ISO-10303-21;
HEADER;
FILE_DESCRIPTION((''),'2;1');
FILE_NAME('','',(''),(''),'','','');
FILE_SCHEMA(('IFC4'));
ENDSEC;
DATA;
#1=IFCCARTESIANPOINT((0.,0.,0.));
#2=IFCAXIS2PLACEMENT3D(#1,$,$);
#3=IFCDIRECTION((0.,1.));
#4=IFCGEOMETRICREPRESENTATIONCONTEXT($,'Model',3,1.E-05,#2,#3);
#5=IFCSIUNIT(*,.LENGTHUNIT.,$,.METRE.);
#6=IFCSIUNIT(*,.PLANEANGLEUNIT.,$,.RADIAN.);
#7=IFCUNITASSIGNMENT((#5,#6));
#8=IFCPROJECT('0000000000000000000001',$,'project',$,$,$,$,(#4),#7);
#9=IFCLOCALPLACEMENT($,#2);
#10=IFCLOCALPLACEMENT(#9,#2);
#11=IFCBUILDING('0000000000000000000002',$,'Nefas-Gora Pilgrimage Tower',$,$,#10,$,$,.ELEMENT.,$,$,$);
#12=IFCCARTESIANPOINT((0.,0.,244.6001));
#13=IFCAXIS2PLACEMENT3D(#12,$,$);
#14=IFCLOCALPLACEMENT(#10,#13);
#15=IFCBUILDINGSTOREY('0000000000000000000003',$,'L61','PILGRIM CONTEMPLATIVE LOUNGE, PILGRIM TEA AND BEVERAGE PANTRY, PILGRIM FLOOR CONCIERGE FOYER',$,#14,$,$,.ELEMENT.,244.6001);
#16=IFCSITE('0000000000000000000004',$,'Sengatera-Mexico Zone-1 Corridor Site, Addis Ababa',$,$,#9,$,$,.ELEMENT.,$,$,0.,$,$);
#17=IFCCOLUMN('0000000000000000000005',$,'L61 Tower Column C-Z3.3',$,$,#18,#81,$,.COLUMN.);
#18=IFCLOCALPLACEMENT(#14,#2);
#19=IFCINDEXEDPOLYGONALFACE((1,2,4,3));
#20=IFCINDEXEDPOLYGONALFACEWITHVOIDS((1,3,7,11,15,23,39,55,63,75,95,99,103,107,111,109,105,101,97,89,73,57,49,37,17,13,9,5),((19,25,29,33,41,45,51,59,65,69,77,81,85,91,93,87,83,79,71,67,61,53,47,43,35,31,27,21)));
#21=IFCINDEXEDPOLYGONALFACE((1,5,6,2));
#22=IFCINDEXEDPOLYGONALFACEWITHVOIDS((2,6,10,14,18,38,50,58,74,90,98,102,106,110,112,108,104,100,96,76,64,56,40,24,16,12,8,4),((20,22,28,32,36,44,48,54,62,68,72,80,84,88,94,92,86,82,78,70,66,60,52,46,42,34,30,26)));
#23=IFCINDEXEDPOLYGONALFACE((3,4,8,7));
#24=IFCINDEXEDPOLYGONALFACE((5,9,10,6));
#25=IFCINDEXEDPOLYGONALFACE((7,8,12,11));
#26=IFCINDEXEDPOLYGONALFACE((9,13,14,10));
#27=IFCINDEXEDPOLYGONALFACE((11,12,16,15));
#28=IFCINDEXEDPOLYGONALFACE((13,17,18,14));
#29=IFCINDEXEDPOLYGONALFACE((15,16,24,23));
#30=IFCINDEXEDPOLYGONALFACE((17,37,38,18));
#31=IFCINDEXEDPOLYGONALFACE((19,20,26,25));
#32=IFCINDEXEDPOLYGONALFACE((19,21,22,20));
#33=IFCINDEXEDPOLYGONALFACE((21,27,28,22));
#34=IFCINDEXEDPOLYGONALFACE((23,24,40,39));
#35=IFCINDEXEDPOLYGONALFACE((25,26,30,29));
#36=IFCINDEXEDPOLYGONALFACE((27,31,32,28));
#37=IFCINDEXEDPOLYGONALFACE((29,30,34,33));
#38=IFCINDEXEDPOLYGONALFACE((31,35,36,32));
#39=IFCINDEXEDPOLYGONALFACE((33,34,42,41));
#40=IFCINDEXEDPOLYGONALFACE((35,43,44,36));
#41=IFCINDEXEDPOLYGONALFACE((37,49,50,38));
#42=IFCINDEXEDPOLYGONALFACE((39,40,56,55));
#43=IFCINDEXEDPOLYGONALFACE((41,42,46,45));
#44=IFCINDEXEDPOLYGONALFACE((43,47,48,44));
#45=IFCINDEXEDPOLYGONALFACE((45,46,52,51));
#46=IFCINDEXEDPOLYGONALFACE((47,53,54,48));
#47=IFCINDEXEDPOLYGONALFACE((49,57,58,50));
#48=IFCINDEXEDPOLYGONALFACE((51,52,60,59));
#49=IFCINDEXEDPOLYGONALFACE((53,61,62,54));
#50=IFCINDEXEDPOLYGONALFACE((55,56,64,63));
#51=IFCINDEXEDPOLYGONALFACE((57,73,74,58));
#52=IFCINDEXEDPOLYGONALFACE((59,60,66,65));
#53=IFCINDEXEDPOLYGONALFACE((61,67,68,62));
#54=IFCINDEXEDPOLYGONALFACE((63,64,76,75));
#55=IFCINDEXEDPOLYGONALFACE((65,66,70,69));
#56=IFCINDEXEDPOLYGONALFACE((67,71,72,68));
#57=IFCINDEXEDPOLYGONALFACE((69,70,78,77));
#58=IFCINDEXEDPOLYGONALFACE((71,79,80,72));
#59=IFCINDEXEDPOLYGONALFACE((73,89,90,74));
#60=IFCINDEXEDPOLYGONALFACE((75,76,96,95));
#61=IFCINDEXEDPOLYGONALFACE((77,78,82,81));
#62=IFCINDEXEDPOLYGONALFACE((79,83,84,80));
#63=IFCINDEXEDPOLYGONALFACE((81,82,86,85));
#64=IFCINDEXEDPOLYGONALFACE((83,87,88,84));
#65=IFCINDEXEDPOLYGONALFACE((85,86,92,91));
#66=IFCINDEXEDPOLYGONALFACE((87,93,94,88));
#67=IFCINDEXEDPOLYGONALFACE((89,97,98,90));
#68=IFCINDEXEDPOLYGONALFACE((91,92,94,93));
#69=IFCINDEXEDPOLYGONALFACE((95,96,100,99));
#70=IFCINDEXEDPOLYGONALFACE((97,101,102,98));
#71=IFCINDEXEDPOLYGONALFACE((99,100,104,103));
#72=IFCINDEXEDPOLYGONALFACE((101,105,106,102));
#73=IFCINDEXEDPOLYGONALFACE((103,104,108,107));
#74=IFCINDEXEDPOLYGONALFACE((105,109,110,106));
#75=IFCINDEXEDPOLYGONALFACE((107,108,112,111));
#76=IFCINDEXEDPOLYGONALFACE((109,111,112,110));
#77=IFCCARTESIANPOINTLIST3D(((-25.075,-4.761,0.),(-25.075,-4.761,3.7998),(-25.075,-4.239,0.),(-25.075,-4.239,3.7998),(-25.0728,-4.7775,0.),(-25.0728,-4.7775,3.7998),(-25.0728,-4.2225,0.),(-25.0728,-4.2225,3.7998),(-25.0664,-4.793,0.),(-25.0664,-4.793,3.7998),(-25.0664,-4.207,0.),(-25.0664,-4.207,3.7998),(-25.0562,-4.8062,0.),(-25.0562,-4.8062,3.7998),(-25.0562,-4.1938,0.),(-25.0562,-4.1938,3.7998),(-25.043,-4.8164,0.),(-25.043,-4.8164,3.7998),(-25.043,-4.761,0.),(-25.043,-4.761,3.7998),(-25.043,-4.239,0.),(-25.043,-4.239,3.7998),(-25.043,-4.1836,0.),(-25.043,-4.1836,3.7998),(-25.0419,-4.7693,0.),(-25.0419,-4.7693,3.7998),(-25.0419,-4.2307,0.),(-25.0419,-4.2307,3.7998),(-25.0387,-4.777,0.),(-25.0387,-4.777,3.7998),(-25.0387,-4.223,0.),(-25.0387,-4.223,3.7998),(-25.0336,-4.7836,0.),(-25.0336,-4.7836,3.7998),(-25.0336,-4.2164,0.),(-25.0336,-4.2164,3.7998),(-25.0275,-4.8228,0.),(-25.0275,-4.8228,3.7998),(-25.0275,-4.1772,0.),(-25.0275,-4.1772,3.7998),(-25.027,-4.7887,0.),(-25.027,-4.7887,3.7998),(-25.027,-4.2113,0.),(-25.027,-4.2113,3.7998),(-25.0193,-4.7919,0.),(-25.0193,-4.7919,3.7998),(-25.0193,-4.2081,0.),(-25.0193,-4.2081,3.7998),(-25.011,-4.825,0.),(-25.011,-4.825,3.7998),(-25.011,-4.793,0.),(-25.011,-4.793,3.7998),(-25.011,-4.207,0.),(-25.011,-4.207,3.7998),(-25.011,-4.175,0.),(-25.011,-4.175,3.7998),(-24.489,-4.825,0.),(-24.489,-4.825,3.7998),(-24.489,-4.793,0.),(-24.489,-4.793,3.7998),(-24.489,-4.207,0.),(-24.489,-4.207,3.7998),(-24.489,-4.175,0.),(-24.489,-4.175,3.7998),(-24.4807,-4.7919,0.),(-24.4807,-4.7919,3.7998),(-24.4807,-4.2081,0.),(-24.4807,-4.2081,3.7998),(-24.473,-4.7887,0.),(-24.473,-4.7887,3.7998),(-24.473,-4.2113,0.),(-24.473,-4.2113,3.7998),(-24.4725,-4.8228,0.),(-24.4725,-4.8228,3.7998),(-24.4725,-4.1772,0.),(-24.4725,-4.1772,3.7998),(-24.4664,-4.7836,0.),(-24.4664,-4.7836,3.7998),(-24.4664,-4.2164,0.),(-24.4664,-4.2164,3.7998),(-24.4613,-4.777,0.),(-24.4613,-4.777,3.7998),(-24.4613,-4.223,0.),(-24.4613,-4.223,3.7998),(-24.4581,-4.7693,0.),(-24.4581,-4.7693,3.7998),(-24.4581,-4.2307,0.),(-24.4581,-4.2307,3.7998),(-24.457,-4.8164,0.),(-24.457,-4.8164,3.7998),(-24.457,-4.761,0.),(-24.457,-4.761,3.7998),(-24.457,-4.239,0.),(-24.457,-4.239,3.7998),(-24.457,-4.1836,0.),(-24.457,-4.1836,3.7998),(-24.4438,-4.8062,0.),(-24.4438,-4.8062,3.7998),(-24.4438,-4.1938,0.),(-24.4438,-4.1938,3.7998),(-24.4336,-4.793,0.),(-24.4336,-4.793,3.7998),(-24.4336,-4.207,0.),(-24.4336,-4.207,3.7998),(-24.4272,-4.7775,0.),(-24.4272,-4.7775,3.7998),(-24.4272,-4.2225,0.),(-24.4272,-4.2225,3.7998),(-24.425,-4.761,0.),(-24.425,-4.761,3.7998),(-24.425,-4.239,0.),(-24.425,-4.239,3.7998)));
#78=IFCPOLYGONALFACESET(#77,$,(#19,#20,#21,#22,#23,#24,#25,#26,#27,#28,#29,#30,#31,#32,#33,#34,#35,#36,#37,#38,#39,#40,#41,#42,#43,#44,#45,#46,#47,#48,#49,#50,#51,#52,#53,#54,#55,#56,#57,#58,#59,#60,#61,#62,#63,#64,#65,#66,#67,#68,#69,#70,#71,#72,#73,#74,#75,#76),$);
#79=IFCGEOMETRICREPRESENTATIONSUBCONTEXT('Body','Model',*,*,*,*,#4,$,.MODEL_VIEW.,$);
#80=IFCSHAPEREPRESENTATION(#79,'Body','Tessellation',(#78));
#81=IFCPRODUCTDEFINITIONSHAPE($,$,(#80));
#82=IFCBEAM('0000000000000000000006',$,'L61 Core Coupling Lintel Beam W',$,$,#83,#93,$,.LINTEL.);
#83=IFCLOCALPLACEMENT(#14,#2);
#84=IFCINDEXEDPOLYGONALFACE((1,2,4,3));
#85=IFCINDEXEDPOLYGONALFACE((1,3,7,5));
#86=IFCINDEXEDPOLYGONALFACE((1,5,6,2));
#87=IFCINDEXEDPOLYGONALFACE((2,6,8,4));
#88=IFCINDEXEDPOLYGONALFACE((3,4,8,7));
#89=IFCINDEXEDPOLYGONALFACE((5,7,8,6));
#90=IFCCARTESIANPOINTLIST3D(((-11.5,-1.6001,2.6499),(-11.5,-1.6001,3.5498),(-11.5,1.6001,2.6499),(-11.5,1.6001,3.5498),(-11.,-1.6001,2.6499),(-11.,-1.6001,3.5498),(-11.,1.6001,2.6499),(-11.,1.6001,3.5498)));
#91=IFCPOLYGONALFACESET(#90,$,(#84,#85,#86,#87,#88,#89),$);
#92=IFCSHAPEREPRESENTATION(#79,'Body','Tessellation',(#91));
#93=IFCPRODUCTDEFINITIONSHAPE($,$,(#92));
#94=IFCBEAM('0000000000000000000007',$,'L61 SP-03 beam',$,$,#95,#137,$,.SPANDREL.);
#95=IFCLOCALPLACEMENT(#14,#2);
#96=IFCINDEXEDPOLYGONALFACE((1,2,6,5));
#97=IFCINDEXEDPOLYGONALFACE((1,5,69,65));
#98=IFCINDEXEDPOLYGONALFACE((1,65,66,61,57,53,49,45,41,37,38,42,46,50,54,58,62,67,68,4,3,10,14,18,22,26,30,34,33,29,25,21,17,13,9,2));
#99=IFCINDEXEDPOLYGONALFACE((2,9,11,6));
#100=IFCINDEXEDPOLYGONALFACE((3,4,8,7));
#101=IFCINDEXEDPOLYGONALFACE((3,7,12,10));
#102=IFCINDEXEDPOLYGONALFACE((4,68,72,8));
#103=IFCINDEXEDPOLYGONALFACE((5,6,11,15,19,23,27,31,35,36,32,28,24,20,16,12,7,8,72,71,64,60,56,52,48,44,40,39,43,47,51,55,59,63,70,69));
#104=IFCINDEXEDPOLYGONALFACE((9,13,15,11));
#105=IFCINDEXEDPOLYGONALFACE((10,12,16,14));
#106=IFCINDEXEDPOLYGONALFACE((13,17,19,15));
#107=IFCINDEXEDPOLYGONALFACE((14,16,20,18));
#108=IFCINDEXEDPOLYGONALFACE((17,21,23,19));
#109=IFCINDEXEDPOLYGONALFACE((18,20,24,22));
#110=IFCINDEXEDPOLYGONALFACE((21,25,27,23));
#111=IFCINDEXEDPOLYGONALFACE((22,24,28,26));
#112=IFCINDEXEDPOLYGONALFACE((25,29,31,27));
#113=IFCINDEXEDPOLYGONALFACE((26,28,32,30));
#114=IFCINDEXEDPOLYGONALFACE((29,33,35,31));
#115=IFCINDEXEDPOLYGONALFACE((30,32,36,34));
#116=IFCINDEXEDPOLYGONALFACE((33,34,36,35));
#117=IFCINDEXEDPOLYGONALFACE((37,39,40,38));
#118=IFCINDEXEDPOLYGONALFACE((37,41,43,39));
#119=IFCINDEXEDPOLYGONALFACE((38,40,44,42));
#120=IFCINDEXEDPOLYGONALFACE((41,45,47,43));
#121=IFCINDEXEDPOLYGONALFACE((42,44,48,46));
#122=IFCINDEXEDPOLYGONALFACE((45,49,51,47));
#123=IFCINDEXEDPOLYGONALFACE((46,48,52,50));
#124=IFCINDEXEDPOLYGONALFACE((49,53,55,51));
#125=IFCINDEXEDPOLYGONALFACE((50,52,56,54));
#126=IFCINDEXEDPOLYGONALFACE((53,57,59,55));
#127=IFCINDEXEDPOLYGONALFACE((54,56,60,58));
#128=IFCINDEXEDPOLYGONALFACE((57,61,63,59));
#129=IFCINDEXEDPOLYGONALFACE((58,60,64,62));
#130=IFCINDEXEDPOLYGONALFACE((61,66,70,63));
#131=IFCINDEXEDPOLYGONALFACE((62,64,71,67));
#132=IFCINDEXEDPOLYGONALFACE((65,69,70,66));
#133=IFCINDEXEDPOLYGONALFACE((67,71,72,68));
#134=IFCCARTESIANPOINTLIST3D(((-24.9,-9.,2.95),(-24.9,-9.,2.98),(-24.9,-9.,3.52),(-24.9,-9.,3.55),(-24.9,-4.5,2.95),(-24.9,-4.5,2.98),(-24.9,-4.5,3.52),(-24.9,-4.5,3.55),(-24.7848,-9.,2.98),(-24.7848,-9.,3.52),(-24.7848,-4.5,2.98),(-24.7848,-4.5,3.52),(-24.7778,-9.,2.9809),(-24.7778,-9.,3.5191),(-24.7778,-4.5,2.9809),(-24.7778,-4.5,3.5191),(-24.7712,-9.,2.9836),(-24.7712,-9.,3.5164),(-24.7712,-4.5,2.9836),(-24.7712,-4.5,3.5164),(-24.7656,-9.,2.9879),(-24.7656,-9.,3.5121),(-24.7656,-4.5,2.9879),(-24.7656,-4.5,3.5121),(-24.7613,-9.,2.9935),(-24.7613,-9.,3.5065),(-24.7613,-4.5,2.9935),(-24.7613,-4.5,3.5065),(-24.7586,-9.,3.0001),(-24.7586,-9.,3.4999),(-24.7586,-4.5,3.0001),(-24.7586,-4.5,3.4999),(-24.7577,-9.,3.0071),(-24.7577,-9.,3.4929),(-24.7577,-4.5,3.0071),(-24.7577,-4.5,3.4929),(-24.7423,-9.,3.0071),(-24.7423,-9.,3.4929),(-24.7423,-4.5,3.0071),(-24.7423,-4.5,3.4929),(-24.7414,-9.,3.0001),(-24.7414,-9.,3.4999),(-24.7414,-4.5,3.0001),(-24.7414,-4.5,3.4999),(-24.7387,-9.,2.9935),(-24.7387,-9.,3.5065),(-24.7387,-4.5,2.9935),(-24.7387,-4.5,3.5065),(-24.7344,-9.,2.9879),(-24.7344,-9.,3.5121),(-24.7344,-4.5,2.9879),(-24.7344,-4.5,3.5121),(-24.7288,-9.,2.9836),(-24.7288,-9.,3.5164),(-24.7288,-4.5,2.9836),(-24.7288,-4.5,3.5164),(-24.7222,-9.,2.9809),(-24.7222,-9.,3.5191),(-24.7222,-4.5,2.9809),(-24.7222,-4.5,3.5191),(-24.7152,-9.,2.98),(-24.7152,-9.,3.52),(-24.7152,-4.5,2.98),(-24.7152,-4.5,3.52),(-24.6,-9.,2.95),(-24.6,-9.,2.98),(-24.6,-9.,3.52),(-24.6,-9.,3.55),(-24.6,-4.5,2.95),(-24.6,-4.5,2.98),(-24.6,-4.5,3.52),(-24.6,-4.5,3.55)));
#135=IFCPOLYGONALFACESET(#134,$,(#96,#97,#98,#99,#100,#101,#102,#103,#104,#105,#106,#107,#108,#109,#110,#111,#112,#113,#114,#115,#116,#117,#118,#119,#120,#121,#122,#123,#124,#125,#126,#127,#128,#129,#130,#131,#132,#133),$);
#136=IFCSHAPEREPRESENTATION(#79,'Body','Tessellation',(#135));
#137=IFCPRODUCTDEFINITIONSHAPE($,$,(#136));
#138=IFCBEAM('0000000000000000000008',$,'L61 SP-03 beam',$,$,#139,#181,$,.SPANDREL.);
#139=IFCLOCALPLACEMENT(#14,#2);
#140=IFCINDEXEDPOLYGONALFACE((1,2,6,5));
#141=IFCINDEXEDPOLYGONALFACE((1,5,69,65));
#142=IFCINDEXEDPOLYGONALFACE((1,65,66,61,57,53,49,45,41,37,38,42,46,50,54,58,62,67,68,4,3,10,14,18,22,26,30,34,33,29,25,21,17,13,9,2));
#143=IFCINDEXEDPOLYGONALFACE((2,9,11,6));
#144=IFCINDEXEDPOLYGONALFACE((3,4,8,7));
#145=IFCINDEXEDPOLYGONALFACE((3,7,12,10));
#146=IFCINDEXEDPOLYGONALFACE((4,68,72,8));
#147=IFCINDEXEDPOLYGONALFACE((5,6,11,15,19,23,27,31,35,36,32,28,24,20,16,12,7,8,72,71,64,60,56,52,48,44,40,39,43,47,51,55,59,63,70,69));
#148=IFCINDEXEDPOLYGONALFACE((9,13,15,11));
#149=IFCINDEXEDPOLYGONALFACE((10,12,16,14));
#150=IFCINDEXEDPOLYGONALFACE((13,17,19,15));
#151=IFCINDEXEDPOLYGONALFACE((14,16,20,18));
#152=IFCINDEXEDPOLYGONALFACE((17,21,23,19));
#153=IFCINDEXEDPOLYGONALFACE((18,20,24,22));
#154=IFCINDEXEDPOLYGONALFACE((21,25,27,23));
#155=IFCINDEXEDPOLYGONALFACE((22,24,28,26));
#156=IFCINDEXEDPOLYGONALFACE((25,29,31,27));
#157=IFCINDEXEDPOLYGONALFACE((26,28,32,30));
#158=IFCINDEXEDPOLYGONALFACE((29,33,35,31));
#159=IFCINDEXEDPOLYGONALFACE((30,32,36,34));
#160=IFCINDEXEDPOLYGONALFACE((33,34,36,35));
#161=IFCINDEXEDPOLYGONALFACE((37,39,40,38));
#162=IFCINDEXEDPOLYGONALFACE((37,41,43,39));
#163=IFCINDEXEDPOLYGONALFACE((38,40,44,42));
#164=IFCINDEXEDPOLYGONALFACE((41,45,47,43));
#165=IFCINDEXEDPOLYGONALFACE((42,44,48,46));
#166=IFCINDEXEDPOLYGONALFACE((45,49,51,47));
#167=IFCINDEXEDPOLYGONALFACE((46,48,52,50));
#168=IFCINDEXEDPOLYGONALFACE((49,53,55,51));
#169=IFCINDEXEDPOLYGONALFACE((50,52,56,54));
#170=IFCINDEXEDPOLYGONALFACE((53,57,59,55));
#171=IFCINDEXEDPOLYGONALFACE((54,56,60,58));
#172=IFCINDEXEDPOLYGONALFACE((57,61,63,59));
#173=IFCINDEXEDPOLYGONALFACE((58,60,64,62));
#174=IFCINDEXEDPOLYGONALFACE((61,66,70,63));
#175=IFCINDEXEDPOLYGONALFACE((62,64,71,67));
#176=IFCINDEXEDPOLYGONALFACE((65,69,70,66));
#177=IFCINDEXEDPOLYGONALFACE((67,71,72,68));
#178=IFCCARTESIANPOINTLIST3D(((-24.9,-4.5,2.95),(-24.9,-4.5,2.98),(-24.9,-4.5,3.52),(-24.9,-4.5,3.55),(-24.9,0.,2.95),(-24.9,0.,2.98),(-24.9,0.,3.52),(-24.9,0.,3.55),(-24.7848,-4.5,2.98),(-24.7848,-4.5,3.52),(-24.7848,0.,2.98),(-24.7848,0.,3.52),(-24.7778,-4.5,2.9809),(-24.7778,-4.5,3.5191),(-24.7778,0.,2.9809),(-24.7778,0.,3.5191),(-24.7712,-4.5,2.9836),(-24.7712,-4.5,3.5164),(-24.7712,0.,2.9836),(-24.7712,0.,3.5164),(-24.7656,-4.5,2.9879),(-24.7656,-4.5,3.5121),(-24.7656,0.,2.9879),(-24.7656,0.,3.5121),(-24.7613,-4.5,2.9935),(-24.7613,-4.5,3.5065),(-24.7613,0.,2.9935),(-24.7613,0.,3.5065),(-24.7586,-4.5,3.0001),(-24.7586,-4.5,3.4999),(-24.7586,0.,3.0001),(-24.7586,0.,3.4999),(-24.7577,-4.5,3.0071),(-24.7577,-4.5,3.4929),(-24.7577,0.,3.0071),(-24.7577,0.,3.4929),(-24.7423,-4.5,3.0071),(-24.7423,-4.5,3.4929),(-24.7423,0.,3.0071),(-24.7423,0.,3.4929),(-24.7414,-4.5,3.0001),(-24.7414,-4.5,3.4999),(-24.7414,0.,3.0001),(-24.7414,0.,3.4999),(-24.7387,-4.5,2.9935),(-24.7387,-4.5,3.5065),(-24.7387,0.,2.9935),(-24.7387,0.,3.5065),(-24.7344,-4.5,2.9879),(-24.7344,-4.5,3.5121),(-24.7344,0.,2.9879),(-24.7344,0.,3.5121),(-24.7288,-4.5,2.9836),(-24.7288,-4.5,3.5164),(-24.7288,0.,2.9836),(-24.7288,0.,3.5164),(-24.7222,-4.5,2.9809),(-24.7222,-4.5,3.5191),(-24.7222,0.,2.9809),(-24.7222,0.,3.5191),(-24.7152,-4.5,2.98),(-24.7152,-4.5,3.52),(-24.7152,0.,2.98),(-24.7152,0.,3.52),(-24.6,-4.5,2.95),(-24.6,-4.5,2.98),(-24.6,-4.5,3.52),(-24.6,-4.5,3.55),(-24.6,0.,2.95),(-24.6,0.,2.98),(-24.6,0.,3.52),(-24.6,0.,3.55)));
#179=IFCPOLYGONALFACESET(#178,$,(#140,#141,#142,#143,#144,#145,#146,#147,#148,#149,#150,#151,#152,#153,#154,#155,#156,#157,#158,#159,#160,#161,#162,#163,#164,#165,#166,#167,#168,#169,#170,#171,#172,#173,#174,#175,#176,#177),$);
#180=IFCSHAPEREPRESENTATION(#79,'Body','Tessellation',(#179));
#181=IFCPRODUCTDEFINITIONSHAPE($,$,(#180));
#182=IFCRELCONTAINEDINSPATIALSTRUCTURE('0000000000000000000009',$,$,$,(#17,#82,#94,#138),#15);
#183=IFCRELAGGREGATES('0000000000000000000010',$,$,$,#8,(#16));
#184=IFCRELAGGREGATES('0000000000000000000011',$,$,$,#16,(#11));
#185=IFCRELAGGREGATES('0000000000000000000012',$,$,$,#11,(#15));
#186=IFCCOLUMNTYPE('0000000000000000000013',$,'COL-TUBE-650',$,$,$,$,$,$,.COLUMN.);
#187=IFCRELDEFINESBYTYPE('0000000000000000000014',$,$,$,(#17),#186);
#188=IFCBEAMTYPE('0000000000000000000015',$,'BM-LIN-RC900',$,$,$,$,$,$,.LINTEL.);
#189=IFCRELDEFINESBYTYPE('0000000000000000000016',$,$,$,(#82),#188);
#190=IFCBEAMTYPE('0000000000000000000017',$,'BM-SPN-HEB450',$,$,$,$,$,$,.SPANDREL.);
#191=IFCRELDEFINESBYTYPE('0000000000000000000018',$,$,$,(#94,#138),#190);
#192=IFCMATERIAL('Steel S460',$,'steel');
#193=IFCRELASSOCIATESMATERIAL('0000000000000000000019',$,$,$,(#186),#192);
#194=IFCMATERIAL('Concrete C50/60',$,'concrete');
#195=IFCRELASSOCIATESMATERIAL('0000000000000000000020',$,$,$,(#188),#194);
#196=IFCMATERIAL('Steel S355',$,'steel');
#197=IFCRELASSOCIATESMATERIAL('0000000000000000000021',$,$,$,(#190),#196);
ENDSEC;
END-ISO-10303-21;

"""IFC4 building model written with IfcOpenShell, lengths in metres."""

from ifc_helpers import new_model, si_unit, direction, frame, origin, origin_2d, place, context, subcontext, project, spatial, rectangle, hollow_rectangle, i_section, extrude, source, transform, mapped, material, material_profile, profile_set, type_object, element, save


model = new_model("IFC4")

# Units and contexts
model_context = context("Model", 3, precision=1e-05, world=origin(), true_north=direction((0.0, 1.0)))
body_context = subcontext(model_context, "Body", "Model", "MODEL_VIEW")
ifc_project = project(units=[si_unit("LENGTHUNIT", "METRE"), si_unit("PLANEANGLEUNIT", "RADIAN")], contexts=[model_context])

# Site, building, storey
site_placement = place(None, origin())
site = spatial("IfcSite", under=ifc_project, at=site_placement, Name="Sengatera-Mexico Zone-1 Corridor Site, Addis Ababa", CompositionType="ELEMENT", RefElevation=0.0)
building_placement = place(site_placement, origin())
building = spatial("IfcBuilding", under=site, at=building_placement, Name="Nefas-Gora Pilgrimage Tower", CompositionType="ELEMENT")
storey_placement = place(building_placement, frame((0.0, 0.0, 244.6001)))
storey = spatial("IfcBuildingStorey", under=building, at=storey_placement, Name="L61", Description="PILGRIM CONTEMPLATIVE LOUNGE, PILGRIM TEA AND BEVERAGE PANTRY, PILGRIM FLOOR CONCIERGE FOYER", CompositionType="ELEMENT", Elevation=244.6001)

# Column
ifc_material_1 = material(Name="Steel S460", Category="steel")
ifc_material_profile_1 = material_profile(ifc_material_1, hollow_rectangle(XDim=0.6499, YDim=0.6499, WallThickness=0.032, InnerFilletRadius=0.032, OuterFilletRadius=0.064, at=origin_2d()), Name="BOX 650x650x32")
ifc_profile_set_1 = profile_set([ifc_material_profile_1], Name="Steel S460")
column_type_1 = type_object("IfcColumnType", Name="COL-TUBE-650", PredefinedType="COLUMN", material=ifc_profile_set_1)
shared_shape_1 = source(origin(), body_context, "Body", "SweptSolid", [
    extrude(hollow_rectangle(XDim=0.6499, YDim=0.6499, WallThickness=0.032, InnerFilletRadius=0.032, OuterFilletRadius=0.064, at=origin_2d()), origin(), (0.0, 0.0, 1.0), 3.7998),
])
for number, where, z_axis, x_axis, name in (
    (1, (-24.75, -4.5, 0.0), (0.0, 0.0, 1.0), (1.0, 0.0, 0.0), "L61 Tower Column C-Z3.3"),
):
    element("IfcColumn", number, at=place(storey_placement, frame(where, z_axis=z_axis, x_axis=x_axis)), inside=storey, type_object=column_type_1, Name=name, PredefinedType="COLUMN", context=body_context, shape_type="MappedRepresentation", body=[
        mapped(shared_shape_1, transform((0.0, 0.0, 0.0), x_axis=(1.0, 0.0, 0.0), y_axis=(0.0, 1.0, 0.0), z_axis=(0.0, 0.0, 1.0), scale=1.0)),
    ])

# Beams
ifc_material_2 = material(Name="Concrete C50/60", Category="concrete")
ifc_material_profile_2 = material_profile(ifc_material_2, rectangle(XDim=0.5, YDim=0.8999, at=origin_2d()), Name="RC 500x900")
ifc_profile_set_2 = profile_set([ifc_material_profile_2], Name="Concrete C50/60")
beam_type_1 = type_object("IfcBeamType", Name="BM-LIN-RC900", PredefinedType="LINTEL", material=ifc_profile_set_2)
shared_shape_2 = source(origin(), body_context, "Body", "SweptSolid", [
    extrude(rectangle(XDim=0.5, YDim=0.8999, at=origin_2d()), origin(), (0.0, 0.0, 1.0), 3.2002),
])
beam_placement = place(storey_placement, frame((-11.25, -1.6001, 3.0999), z_axis=(0.0, 1.0, 0.0), x_axis=(-1.0, 0.0, 0.0)))
element("IfcBeam", 2, at=beam_placement, inside=storey, type_object=beam_type_1, Name="L61 Core Coupling Lintel Beam W", PredefinedType="LINTEL", context=body_context, shape_type="MappedRepresentation", body=[
    mapped(shared_shape_2, transform((0.0, 0.0, 0.0), x_axis=(1.0, 0.0, 0.0), y_axis=(0.0, 1.0, 0.0), z_axis=(0.0, 0.0, 1.0), scale=1.0)),
])
ifc_material_3 = material(Name="Steel S355", Category="steel")
ifc_material_profile_3 = material_profile(ifc_material_3, i_section(OverallWidth=0.3, OverallDepth=0.6001, WebThickness=0.0154, FlangeThickness=0.03, FilletRadius=0.0271, at=origin_2d()), Name="HEB 600")
ifc_profile_set_3 = profile_set([ifc_material_profile_3], Name="Steel S355")
beam_type_2 = type_object("IfcBeamType", Name="BM-SPN-HEB450", PredefinedType="SPANDREL", material=ifc_profile_set_3)
shared_shape_3 = source(origin(), body_context, "Body", "SweptSolid", [
    extrude(i_section(OverallWidth=0.3, OverallDepth=0.6001, WebThickness=0.0154, FlangeThickness=0.03, FilletRadius=0.0271, at=origin_2d()), origin(), (0.0, 0.0, 1.0), 4.5),
])
for number, where, z_axis, x_axis, name in (
    (3, (-24.75, -9.0, 3.25), (0.0, 1.0, 0.0), (-1.0, 0.0, 0.0), "L61 SP-03 beam"),
    (4, (-24.75, -4.5, 3.25), (0.0, 1.0, 0.0), (-1.0, 0.0, 0.0), "L61 SP-03 beam"),
):
    element("IfcBeam", number, at=place(storey_placement, frame(where, z_axis=z_axis, x_axis=x_axis)), inside=storey, type_object=beam_type_2, Name=name, PredefinedType="SPANDREL", context=body_context, shape_type="MappedRepresentation", body=[
        mapped(shared_shape_3, transform((0.0, 0.0, 0.0), x_axis=(1.0, 0.0, 0.0), y_axis=(0.0, 1.0, 0.0), z_axis=(0.0, 0.0, 1.0), scale=1.0)),
    ])

save(model, "model.ifc")
